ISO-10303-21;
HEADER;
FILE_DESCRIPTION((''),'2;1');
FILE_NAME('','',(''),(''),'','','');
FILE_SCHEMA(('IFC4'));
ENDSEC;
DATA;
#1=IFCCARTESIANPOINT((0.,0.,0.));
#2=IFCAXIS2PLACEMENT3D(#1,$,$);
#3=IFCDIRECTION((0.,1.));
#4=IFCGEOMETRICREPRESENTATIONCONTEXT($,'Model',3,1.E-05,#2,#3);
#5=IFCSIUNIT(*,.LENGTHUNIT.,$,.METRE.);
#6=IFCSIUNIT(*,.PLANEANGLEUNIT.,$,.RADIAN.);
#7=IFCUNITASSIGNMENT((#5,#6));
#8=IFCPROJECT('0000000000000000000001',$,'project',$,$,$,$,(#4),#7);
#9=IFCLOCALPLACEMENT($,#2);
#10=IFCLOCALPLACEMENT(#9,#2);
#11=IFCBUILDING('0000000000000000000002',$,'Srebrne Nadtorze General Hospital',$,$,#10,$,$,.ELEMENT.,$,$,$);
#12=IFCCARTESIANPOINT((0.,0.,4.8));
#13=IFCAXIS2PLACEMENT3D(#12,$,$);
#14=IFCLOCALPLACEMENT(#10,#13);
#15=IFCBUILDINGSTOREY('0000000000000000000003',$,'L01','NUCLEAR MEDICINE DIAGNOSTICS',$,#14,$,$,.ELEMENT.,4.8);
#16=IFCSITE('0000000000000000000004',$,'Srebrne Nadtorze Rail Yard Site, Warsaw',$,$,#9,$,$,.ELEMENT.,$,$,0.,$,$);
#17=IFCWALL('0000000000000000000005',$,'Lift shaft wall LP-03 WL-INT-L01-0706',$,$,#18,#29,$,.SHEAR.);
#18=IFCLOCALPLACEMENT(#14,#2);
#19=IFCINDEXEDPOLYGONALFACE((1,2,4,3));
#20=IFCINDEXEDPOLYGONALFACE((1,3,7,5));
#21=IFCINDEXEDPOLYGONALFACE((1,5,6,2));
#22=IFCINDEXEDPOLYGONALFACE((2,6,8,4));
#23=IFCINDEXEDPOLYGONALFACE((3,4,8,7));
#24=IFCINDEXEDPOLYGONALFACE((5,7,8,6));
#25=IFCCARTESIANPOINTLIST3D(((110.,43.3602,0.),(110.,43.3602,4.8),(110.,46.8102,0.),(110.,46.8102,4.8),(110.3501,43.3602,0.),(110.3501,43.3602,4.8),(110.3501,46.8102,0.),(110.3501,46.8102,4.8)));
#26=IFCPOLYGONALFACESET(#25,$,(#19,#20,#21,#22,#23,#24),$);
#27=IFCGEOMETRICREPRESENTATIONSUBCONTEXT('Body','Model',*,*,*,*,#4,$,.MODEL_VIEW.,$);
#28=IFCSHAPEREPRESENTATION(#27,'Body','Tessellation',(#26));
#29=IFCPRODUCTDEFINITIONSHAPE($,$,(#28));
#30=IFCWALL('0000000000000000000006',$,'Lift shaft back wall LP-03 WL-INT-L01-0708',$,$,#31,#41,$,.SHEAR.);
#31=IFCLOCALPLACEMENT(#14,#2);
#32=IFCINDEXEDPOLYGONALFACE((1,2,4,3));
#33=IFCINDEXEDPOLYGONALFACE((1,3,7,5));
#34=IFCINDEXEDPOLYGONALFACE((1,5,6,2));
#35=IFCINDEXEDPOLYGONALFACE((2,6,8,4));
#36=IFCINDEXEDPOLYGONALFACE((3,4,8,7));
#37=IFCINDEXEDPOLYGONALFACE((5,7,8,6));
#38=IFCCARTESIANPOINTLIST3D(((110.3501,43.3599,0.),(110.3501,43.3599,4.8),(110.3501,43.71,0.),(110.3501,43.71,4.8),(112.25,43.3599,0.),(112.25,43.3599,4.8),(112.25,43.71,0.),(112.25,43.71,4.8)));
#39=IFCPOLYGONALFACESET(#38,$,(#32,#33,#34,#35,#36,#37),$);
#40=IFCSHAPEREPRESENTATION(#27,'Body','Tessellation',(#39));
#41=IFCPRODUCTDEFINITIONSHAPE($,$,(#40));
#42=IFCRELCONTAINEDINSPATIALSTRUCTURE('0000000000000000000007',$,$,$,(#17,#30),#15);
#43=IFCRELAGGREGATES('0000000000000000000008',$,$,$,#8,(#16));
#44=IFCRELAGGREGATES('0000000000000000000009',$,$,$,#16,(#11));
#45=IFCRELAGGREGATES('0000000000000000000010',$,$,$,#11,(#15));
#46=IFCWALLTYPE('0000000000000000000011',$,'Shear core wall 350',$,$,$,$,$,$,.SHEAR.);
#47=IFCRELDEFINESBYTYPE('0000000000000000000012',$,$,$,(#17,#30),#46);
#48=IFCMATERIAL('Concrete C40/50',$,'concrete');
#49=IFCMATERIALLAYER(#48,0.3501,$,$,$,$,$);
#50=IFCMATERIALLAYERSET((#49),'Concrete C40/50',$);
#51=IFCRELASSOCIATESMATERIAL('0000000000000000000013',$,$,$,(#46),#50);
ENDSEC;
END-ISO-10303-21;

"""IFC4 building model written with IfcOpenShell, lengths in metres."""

from ifc_helpers import new_model, si_unit, direction, frame, frame_2d, origin, place, context, subcontext, project, spatial, rectangle, extrude, material, layer, layer_set, type_object, element, save


model = new_model("IFC4")

# Units and contexts
model_context = context("Model", 3, precision=1e-05, world=origin(), true_north=direction((0.0, 1.0)))
body_context = subcontext(model_context, "Body", "Model", "MODEL_VIEW")
ifc_project = project(units=[si_unit("LENGTHUNIT", "METRE"), si_unit("PLANEANGLEUNIT", "RADIAN")], contexts=[model_context])

# Site, building, storey
site_placement = place(None, origin())
site = spatial("IfcSite", under=ifc_project, at=site_placement, Name="Srebrne Nadtorze Rail Yard Site, Warsaw", CompositionType="ELEMENT", RefElevation=0.0)
building_placement = place(site_placement, origin())
building = spatial("IfcBuilding", under=site, at=building_placement, Name="Srebrne Nadtorze General Hospital", CompositionType="ELEMENT")
storey_placement = place(building_placement, frame((0.0, 0.0, 4.8)))
storey = spatial("IfcBuildingStorey", under=building, at=storey_placement, Name="L01", Description="NUCLEAR MEDICINE DIAGNOSTICS", CompositionType="ELEMENT", Elevation=4.8)

# Walls
ifc_material_1 = material(Name="Concrete C40/50", Category="concrete")
ifc_layer_1 = layer(ifc_material_1, 0.3501)
ifc_layer_set_1 = layer_set([ifc_layer_1], Name="Concrete C40/50")
wall_type_1 = type_object("IfcWallType", Name="Shear core wall 350", PredefinedType="SHEAR", material=ifc_layer_set_1)
wall_1_placement = place(storey_placement, frame((110.175, 43.3601, 0.0), z_axis=(0.0, 0.0, 1.0), x_axis=(0.0, 1.0, 0.0)))
element("IfcWall", 1, at=wall_1_placement, inside=storey, type_object=wall_type_1, Name="Lift shaft wall LP-03 WL-INT-L01-0706", PredefinedType="SHEAR", context=body_context, shape_type="SweptSolid", body=[
    extrude(rectangle(XDim=3.45, YDim=0.3501, at=frame_2d((1.7251, 0.0))), origin(), (0.0, 0.0, 1.0), 4.8),
])
wall_2_placement = place(storey_placement, frame((110.3501, 43.5349, 0.0), z_axis=(0.0, 0.0, 1.0), x_axis=(1.0, 0.0, 0.0)))
element("IfcWall", 2, at=wall_2_placement, inside=storey, type_object=wall_type_1, Name="Lift shaft back wall LP-03 WL-INT-L01-0708", PredefinedType="SHEAR", context=body_context, shape_type="SweptSolid", body=[
    extrude(rectangle(XDim=1.8999, YDim=0.3501, at=frame_2d((0.95, 0.0))), origin(), (0.0, 0.0, 1.0), 4.8),
])

save(model, "model.ifc")
